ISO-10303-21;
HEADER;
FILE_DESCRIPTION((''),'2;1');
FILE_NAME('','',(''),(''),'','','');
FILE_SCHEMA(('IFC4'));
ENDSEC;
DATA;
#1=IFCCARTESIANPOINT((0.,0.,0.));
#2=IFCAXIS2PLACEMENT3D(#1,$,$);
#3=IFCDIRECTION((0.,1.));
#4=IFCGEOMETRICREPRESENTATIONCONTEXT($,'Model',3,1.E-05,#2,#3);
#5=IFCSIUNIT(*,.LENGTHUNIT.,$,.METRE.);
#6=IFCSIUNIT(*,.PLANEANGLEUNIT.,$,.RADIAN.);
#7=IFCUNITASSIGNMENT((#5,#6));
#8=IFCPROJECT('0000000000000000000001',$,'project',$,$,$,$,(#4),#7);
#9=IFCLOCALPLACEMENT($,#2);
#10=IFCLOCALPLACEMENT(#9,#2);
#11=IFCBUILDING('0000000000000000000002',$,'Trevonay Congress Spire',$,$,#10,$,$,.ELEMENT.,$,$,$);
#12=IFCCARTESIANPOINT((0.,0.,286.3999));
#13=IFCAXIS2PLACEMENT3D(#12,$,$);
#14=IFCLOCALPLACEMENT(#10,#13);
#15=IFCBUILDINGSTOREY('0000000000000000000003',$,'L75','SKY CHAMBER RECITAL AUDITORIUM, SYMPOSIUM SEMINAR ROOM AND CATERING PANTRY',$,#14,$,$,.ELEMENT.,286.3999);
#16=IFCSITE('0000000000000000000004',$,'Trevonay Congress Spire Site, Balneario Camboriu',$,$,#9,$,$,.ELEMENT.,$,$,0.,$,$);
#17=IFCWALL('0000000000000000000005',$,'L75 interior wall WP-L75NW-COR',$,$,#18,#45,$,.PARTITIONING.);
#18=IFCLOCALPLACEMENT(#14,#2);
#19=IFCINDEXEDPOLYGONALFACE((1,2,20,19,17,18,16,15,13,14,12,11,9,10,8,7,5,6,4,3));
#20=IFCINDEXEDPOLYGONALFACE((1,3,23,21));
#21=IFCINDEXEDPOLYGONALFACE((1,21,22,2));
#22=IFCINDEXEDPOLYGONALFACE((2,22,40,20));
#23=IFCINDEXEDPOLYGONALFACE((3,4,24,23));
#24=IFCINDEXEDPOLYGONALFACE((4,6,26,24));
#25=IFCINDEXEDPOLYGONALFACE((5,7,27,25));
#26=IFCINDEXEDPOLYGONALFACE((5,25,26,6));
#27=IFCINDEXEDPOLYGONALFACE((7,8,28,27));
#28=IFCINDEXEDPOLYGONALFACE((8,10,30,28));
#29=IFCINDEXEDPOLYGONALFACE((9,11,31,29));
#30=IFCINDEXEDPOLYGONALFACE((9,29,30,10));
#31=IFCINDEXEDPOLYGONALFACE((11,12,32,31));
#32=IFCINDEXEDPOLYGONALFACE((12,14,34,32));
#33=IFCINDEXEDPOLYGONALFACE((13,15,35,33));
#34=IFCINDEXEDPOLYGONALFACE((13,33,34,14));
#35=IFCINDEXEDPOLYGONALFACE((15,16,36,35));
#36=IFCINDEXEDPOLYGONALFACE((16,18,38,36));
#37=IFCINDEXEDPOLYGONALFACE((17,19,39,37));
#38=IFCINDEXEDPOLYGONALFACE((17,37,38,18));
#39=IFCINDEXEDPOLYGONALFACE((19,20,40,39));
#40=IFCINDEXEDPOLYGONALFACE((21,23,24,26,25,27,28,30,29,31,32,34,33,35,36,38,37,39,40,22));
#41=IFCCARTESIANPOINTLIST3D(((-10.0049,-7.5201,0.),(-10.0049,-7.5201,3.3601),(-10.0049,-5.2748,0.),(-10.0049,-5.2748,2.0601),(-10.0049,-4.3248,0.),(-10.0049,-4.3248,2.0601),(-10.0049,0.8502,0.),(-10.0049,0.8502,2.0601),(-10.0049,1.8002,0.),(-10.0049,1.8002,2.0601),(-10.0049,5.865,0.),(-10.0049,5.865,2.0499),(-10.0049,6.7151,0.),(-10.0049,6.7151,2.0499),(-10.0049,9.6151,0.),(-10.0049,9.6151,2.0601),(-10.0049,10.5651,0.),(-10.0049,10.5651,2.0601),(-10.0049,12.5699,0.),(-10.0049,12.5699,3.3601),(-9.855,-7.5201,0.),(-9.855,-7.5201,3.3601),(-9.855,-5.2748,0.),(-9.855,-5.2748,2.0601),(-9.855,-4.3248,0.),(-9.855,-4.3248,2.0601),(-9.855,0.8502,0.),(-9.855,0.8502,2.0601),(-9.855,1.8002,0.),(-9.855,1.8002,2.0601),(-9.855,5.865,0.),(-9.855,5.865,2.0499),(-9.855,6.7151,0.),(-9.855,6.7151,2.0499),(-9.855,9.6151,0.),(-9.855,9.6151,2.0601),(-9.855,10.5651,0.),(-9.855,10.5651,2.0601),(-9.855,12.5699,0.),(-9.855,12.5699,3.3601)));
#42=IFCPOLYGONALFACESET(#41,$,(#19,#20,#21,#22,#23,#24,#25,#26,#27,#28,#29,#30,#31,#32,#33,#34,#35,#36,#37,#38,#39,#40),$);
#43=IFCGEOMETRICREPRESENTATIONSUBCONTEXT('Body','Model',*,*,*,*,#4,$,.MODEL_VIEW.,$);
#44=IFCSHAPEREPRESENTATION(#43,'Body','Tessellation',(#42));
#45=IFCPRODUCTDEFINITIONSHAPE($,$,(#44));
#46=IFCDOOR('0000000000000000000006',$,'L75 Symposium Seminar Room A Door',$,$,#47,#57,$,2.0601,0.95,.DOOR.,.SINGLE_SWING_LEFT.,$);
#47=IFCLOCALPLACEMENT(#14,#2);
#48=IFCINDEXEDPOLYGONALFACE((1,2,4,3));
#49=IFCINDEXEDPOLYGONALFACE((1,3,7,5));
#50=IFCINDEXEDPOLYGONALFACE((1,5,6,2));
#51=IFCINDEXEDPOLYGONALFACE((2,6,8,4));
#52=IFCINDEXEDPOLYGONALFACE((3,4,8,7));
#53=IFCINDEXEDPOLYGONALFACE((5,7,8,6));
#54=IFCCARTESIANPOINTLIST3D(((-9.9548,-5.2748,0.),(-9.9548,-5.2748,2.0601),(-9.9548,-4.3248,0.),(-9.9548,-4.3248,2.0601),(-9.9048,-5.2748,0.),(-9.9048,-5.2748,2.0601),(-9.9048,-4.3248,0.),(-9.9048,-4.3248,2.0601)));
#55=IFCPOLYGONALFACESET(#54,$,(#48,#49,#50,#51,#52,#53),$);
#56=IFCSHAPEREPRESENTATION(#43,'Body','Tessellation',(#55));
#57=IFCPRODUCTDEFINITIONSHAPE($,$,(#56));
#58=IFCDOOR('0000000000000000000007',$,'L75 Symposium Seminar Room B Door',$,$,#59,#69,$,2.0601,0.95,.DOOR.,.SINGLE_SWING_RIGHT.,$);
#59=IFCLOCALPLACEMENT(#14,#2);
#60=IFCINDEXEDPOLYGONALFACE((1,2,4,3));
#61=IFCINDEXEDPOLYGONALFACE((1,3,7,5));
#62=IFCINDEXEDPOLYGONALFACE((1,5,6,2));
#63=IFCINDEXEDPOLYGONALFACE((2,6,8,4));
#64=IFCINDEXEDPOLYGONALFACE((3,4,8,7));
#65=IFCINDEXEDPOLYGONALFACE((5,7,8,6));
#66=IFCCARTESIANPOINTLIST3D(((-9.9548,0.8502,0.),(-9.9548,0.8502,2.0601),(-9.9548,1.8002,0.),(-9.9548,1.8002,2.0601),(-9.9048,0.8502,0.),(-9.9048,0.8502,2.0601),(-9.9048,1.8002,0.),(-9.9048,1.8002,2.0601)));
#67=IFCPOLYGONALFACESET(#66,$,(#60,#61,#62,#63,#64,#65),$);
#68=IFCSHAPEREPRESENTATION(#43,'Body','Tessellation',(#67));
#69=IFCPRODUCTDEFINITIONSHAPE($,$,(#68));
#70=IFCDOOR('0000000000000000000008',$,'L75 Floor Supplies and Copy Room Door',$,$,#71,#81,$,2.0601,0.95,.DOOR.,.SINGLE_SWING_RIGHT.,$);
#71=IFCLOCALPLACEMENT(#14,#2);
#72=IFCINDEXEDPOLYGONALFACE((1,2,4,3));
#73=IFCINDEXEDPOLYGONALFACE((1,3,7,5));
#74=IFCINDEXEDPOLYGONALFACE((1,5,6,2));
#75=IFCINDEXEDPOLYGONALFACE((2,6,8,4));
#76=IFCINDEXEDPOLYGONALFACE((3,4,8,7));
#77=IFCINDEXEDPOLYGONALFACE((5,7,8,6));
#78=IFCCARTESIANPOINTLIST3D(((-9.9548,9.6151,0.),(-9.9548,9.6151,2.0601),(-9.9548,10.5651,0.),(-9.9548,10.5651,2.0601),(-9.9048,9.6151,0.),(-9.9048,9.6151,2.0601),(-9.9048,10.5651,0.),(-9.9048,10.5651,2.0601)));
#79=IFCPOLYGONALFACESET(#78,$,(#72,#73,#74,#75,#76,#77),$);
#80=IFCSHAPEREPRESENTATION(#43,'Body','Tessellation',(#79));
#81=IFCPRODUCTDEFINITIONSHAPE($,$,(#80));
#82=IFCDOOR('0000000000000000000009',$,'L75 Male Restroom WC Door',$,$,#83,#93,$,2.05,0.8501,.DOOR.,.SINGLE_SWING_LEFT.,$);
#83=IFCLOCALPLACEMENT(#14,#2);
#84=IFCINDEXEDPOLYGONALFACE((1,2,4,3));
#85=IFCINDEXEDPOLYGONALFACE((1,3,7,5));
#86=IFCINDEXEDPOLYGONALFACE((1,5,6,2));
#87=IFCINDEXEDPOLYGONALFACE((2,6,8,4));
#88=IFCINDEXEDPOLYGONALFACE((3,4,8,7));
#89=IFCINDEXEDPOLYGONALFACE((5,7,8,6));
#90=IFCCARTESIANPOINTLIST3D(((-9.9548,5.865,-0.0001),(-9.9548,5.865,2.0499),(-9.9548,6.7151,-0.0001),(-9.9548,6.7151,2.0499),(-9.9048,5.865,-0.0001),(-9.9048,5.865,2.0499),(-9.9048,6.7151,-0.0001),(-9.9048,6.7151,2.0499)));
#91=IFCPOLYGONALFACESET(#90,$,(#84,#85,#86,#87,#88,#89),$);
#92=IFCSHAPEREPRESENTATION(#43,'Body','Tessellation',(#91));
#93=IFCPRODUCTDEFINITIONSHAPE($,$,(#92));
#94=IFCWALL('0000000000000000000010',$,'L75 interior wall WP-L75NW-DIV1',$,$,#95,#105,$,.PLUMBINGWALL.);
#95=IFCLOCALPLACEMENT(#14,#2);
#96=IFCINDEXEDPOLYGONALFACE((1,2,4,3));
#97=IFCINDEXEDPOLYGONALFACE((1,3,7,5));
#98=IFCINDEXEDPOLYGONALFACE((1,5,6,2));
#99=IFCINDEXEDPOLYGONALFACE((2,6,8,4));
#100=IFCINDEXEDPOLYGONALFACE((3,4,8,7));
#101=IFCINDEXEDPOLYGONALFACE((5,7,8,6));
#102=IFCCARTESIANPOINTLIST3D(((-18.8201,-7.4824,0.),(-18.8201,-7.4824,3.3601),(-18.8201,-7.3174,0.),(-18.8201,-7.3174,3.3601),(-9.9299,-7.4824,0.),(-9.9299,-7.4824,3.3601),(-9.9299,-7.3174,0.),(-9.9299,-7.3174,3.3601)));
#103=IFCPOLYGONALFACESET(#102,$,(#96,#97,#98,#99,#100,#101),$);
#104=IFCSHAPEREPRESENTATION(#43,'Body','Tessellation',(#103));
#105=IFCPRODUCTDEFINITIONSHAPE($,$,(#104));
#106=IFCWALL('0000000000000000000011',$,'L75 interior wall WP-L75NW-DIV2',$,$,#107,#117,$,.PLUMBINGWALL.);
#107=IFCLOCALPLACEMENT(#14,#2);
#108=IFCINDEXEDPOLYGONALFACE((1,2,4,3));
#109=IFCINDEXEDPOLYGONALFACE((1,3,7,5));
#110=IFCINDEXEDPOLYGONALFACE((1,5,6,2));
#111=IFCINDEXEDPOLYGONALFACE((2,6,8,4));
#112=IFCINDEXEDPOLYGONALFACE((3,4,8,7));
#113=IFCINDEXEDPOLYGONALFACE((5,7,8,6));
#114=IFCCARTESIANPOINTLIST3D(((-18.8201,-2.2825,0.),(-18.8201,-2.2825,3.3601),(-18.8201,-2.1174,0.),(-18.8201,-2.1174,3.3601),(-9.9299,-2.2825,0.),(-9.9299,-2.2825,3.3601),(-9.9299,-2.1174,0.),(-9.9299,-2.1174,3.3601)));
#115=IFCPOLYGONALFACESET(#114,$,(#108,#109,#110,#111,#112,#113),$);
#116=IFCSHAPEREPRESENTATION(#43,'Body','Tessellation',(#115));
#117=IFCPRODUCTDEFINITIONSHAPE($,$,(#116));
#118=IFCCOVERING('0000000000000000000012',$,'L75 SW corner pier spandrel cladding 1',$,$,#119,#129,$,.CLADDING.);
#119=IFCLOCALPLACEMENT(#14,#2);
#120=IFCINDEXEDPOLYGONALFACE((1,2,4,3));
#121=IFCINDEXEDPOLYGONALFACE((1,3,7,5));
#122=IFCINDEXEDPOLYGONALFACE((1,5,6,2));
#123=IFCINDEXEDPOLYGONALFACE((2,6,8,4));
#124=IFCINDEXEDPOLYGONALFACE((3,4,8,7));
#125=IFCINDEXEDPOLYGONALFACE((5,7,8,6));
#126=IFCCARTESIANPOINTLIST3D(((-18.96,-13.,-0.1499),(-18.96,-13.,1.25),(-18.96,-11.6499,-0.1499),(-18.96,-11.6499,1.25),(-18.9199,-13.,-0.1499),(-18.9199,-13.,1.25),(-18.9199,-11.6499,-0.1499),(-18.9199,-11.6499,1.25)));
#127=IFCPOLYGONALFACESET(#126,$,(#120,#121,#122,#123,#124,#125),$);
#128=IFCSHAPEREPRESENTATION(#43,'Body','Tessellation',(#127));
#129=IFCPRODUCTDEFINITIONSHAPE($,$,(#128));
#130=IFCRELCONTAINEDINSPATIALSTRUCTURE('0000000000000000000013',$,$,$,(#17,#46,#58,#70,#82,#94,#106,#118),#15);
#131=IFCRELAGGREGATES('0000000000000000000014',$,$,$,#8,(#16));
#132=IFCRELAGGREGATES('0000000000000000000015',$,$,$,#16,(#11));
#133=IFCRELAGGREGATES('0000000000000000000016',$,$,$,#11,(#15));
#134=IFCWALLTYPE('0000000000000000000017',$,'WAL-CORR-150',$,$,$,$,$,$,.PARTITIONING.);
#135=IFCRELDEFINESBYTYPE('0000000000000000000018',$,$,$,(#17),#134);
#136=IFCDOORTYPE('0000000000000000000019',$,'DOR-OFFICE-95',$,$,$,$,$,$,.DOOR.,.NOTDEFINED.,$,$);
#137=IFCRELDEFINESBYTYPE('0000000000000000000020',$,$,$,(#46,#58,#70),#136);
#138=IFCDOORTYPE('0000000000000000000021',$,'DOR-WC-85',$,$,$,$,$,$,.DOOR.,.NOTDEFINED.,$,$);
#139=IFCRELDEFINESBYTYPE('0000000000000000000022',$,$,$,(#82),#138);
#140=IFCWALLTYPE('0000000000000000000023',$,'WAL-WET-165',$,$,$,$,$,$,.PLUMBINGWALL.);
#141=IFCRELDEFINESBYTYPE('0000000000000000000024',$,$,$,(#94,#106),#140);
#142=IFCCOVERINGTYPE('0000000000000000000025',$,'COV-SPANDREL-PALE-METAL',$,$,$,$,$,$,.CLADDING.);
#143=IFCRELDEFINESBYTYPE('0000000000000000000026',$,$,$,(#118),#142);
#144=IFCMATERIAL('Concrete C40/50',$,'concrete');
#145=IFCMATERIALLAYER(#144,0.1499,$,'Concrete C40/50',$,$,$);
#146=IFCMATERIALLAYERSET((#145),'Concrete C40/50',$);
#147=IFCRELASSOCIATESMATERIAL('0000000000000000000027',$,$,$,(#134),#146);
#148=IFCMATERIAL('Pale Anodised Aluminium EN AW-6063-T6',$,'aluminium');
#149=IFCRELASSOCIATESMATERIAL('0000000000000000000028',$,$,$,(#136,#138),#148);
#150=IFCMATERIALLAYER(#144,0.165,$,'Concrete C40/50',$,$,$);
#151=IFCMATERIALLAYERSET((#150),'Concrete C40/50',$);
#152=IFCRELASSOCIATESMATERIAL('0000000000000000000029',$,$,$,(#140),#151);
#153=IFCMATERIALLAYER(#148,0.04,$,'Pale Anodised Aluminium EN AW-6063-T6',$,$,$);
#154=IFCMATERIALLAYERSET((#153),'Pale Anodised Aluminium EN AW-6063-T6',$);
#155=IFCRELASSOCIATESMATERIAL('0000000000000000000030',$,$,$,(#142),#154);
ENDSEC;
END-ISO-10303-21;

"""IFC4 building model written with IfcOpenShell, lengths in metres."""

from ifc_helpers import new_model, si_unit, direction, frame, frame_2d, origin, place, context, subcontext, project, spatial, rectangle, extrude, material, layer, layer_set, type_object, element, fill, save


model = new_model("IFC4")

# Units and contexts
model_context = context("Model", 3, precision=1e-05, world=origin(), true_north=direction((0.0, 1.0)))
body_context = subcontext(model_context, "Body", "Model", "MODEL_VIEW")
ifc_project = project(units=[si_unit("LENGTHUNIT", "METRE"), si_unit("PLANEANGLEUNIT", "RADIAN")], contexts=[model_context])

# Site, building, storey
site_placement = place(None, origin())
site = spatial("IfcSite", under=ifc_project, at=site_placement, Name="Trevonay Congress Spire Site, Balneario Camboriu", CompositionType="ELEMENT", RefElevation=0.0)
building_placement = place(site_placement, origin())
building = spatial("IfcBuilding", under=site, at=building_placement, Name="Trevonay Congress Spire", CompositionType="ELEMENT")
storey_placement = place(building_placement, frame((0.0, 0.0, 286.3999)))
storey = spatial("IfcBuildingStorey", under=building, at=storey_placement, Name="L75", Description="SKY CHAMBER RECITAL AUDITORIUM, SYMPOSIUM SEMINAR ROOM AND CATERING PANTRY", CompositionType="ELEMENT", Elevation=286.3999)

# Shared definitions
ifc_material_1 = material(Name="Pale Anodised Aluminium EN AW-6063-T6", Category="aluminium")

# Shared definitions
ifc_material_2 = material(Name="Concrete C40/50", Category="concrete")
ifc_layer_1 = layer(ifc_material_2, 0.1499, Name="Concrete C40/50")
ifc_layer_set_1 = layer_set([ifc_layer_1], Name="Concrete C40/50")
wall_type_1 = type_object("IfcWallType", Name="WAL-CORR-150", PredefinedType="PARTITIONING", material=ifc_layer_set_1)
door_type_1 = type_object("IfcDoorType", Name="DOR-OFFICE-95", OperationType="NOTDEFINED", PredefinedType="DOOR", material=ifc_material_1)

# Wall, openings, doors
wall_1_placement = place(storey_placement, frame((-9.9299, -7.52, 0.0), z_axis=(0.0, 0.0, 1.0), x_axis=(0.0, 1.0, 0.0)))
wall_1 = element("IfcWall", 1, at=wall_1_placement, inside=storey, type_object=wall_type_1, Name="L75 interior wall WP-L75NW-COR", PredefinedType="PARTITIONING", context=body_context, shape_type="SweptSolid", body=[
    extrude(rectangle(XDim=20.0901, YDim=0.1499, at=frame_2d((10.0449, 0.0))), origin(), (0.0, 0.0, 1.0), 3.3601),
])
opening_1_placement = place(wall_1_placement, frame((2.2451, 0.0, 0.0)))
opening_1 = element("IfcOpeningElement", 2, at=opening_1_placement, cuts=wall_1, PredefinedType="OPENING", context=body_context, shape_type="SweptSolid", body=[
    extrude(rectangle(XDim=0.95, YDim=2.0601, at=frame_2d((0.4751, 1.03))), frame((0.0, 0.085, 0.0), z_axis=(0.0, -1.0, 0.0), x_axis=(1.0, 0.0, 0.0)), (0.0, 0.0, 1.0), 0.1699),
])
opening_2_placement = place(wall_1_placement, frame((8.3701, 0.0, 0.0)))
opening_2 = element("IfcOpeningElement", 3, at=opening_2_placement, cuts=wall_1, PredefinedType="OPENING", context=body_context, shape_type="SweptSolid", body=[
    extrude(rectangle(XDim=0.95, YDim=2.0601, at=frame_2d((0.4751, 1.03))), frame((0.0, 0.085, 0.0), z_axis=(0.0, -1.0, 0.0), x_axis=(1.0, 0.0, 0.0)), (0.0, 0.0, 1.0), 0.1699),
])
opening_3_placement = place(wall_1_placement, frame((13.385, 0.0, 0.0)))
opening_3 = element("IfcOpeningElement", 4, at=opening_3_placement, cuts=wall_1, PredefinedType="OPENING", context=body_context, shape_type="SweptSolid", body=[
    extrude(rectangle(XDim=0.8501, YDim=2.05, at=frame_2d((0.425, 1.0249))), frame((0.0, 0.085, 0.0), z_axis=(0.0, -1.0, 0.0), x_axis=(1.0, 0.0, 0.0)), (0.0, 0.0, 1.0), 0.1699),
])
opening_4_placement = place(wall_1_placement, frame((17.135, 0.0, 0.0)))
opening_4 = element("IfcOpeningElement", 5, at=opening_4_placement, cuts=wall_1, PredefinedType="OPENING", context=body_context, shape_type="SweptSolid", body=[
    extrude(rectangle(XDim=0.95, YDim=2.0601, at=frame_2d((0.4751, 1.03))), frame((0.0, 0.085, 0.0), z_axis=(0.0, -1.0, 0.0), x_axis=(1.0, 0.0, 0.0)), (0.0, 0.0, 1.0), 0.1699),
])
door_1_placement = place(opening_1_placement, origin())
door_1 = element("IfcDoor", 6, at=door_1_placement, inside=storey, type_object=door_type_1, Name="L75 Symposium Seminar Room A Door", OperationType="SINGLE_SWING_LEFT", OverallHeight=2.0601, OverallWidth=0.95, PredefinedType="DOOR", context=body_context, shape_type="SweptSolid", body=[
    extrude(rectangle(XDim=0.95, YDim=2.0601, at=frame_2d((0.4751, 1.03))), frame((0.0, 0.0249, 0.0), z_axis=(0.0, -1.0, 0.0), x_axis=(1.0, 0.0, 0.0)), (0.0, 0.0, 1.0), 0.05),
])
fill(opening_1, door_1)
door_2_placement = place(opening_2_placement, origin())
door_2 = element("IfcDoor", 7, at=door_2_placement, inside=storey, type_object=door_type_1, Name="L75 Symposium Seminar Room B Door", OperationType="SINGLE_SWING_RIGHT", OverallHeight=2.0601, OverallWidth=0.95, PredefinedType="DOOR", context=body_context, shape_type="SweptSolid", body=[
    extrude(rectangle(XDim=0.95, YDim=2.0601, at=frame_2d((0.4751, 1.03))), frame((0.0, 0.0249, 0.0), z_axis=(0.0, -1.0, 0.0), x_axis=(1.0, 0.0, 0.0)), (0.0, 0.0, 1.0), 0.05),
])
fill(opening_2, door_2)
door_3_placement = place(opening_4_placement, origin())
door_3 = element("IfcDoor", 8, at=door_3_placement, inside=storey, type_object=door_type_1, Name="L75 Floor Supplies and Copy Room Door", OperationType="SINGLE_SWING_RIGHT", OverallHeight=2.0601, OverallWidth=0.95, PredefinedType="DOOR", context=body_context, shape_type="SweptSolid", body=[
    extrude(rectangle(XDim=0.95, YDim=2.0601, at=frame_2d((0.4751, 1.03))), frame((0.0, 0.0249, 0.0), z_axis=(0.0, -1.0, 0.0), x_axis=(1.0, 0.0, 0.0)), (0.0, 0.0, 1.0), 0.05),
])
fill(opening_4, door_3)
door_type_2 = type_object("IfcDoorType", Name="DOR-WC-85", OperationType="NOTDEFINED", PredefinedType="DOOR", material=ifc_material_1)
door_4_placement = place(opening_3_placement, origin())
door_4 = element("IfcDoor", 9, at=door_4_placement, inside=storey, type_object=door_type_2, Name="L75 Male Restroom WC Door", OperationType="SINGLE_SWING_LEFT", OverallHeight=2.05, OverallWidth=0.8501, PredefinedType="DOOR", context=body_context, shape_type="SweptSolid", body=[
    extrude(rectangle(XDim=0.8501, YDim=2.05, at=frame_2d((0.425, 1.0249))), frame((0.0, 0.0249, 0.0), z_axis=(0.0, -1.0, 0.0), x_axis=(1.0, 0.0, 0.0)), (0.0, 0.0, 1.0), 0.05),
])
fill(opening_3, door_4)

# Walls
ifc_layer_2 = layer(ifc_material_2, 0.165, Name="Concrete C40/50")
ifc_layer_set_2 = layer_set([ifc_layer_2], Name="Concrete C40/50")
wall_type_2 = type_object("IfcWallType", Name="WAL-WET-165", PredefinedType="PLUMBINGWALL", material=ifc_layer_set_2)
for number, where, z_axis, x_axis, name in (
    (10, (-18.8201, -7.3999, 0.0), (0.0, 0.0, 1.0), (1.0, 0.0, 0.0), "L75 interior wall WP-L75NW-DIV1"),
    (11, (-18.8201, -2.2, 0.0), (0.0, 0.0, 1.0), (1.0, 0.0, 0.0), "L75 interior wall WP-L75NW-DIV2"),
):
    element("IfcWall", number, at=place(storey_placement, frame(where, z_axis=z_axis, x_axis=x_axis)), inside=storey, type_object=wall_type_2, Name=name, PredefinedType="PLUMBINGWALL", context=body_context, shape_type="SweptSolid", body=[
        extrude(rectangle(XDim=8.8901, YDim=0.165, at=frame_2d((4.4451, 0.0))), origin(), (0.0, 0.0, 1.0), 3.3601),
    ])

# Covering
ifc_layer_3 = layer(ifc_material_1, 0.04, Name="Pale Anodised Aluminium EN AW-6063-T6")
ifc_layer_set_3 = layer_set([ifc_layer_3], Name="Pale Anodised Aluminium EN AW-6063-T6")
covering_type = type_object("IfcCoveringType", Name="COV-SPANDREL-PALE-METAL", PredefinedType="CLADDING", material=ifc_layer_set_3)
covering_placement = place(storey_placement, frame((-18.9399, -11.6499, -0.1499), z_axis=(0.0, 0.0, 1.0), x_axis=(0.0, -1.0, 0.0)))
element("IfcCovering", 12, at=covering_placement, inside=storey, type_object=covering_type, Name="L75 SW corner pier spandrel cladding 1", PredefinedType="CLADDING", context=body_context, shape_type="SweptSolid", body=[
    extrude(rectangle(XDim=1.3501, YDim=0.04, at=frame_2d((0.675, 0.0))), origin(), (0.0, 0.0, 1.0), 1.3999),
])

save(model, "model.ifc")
